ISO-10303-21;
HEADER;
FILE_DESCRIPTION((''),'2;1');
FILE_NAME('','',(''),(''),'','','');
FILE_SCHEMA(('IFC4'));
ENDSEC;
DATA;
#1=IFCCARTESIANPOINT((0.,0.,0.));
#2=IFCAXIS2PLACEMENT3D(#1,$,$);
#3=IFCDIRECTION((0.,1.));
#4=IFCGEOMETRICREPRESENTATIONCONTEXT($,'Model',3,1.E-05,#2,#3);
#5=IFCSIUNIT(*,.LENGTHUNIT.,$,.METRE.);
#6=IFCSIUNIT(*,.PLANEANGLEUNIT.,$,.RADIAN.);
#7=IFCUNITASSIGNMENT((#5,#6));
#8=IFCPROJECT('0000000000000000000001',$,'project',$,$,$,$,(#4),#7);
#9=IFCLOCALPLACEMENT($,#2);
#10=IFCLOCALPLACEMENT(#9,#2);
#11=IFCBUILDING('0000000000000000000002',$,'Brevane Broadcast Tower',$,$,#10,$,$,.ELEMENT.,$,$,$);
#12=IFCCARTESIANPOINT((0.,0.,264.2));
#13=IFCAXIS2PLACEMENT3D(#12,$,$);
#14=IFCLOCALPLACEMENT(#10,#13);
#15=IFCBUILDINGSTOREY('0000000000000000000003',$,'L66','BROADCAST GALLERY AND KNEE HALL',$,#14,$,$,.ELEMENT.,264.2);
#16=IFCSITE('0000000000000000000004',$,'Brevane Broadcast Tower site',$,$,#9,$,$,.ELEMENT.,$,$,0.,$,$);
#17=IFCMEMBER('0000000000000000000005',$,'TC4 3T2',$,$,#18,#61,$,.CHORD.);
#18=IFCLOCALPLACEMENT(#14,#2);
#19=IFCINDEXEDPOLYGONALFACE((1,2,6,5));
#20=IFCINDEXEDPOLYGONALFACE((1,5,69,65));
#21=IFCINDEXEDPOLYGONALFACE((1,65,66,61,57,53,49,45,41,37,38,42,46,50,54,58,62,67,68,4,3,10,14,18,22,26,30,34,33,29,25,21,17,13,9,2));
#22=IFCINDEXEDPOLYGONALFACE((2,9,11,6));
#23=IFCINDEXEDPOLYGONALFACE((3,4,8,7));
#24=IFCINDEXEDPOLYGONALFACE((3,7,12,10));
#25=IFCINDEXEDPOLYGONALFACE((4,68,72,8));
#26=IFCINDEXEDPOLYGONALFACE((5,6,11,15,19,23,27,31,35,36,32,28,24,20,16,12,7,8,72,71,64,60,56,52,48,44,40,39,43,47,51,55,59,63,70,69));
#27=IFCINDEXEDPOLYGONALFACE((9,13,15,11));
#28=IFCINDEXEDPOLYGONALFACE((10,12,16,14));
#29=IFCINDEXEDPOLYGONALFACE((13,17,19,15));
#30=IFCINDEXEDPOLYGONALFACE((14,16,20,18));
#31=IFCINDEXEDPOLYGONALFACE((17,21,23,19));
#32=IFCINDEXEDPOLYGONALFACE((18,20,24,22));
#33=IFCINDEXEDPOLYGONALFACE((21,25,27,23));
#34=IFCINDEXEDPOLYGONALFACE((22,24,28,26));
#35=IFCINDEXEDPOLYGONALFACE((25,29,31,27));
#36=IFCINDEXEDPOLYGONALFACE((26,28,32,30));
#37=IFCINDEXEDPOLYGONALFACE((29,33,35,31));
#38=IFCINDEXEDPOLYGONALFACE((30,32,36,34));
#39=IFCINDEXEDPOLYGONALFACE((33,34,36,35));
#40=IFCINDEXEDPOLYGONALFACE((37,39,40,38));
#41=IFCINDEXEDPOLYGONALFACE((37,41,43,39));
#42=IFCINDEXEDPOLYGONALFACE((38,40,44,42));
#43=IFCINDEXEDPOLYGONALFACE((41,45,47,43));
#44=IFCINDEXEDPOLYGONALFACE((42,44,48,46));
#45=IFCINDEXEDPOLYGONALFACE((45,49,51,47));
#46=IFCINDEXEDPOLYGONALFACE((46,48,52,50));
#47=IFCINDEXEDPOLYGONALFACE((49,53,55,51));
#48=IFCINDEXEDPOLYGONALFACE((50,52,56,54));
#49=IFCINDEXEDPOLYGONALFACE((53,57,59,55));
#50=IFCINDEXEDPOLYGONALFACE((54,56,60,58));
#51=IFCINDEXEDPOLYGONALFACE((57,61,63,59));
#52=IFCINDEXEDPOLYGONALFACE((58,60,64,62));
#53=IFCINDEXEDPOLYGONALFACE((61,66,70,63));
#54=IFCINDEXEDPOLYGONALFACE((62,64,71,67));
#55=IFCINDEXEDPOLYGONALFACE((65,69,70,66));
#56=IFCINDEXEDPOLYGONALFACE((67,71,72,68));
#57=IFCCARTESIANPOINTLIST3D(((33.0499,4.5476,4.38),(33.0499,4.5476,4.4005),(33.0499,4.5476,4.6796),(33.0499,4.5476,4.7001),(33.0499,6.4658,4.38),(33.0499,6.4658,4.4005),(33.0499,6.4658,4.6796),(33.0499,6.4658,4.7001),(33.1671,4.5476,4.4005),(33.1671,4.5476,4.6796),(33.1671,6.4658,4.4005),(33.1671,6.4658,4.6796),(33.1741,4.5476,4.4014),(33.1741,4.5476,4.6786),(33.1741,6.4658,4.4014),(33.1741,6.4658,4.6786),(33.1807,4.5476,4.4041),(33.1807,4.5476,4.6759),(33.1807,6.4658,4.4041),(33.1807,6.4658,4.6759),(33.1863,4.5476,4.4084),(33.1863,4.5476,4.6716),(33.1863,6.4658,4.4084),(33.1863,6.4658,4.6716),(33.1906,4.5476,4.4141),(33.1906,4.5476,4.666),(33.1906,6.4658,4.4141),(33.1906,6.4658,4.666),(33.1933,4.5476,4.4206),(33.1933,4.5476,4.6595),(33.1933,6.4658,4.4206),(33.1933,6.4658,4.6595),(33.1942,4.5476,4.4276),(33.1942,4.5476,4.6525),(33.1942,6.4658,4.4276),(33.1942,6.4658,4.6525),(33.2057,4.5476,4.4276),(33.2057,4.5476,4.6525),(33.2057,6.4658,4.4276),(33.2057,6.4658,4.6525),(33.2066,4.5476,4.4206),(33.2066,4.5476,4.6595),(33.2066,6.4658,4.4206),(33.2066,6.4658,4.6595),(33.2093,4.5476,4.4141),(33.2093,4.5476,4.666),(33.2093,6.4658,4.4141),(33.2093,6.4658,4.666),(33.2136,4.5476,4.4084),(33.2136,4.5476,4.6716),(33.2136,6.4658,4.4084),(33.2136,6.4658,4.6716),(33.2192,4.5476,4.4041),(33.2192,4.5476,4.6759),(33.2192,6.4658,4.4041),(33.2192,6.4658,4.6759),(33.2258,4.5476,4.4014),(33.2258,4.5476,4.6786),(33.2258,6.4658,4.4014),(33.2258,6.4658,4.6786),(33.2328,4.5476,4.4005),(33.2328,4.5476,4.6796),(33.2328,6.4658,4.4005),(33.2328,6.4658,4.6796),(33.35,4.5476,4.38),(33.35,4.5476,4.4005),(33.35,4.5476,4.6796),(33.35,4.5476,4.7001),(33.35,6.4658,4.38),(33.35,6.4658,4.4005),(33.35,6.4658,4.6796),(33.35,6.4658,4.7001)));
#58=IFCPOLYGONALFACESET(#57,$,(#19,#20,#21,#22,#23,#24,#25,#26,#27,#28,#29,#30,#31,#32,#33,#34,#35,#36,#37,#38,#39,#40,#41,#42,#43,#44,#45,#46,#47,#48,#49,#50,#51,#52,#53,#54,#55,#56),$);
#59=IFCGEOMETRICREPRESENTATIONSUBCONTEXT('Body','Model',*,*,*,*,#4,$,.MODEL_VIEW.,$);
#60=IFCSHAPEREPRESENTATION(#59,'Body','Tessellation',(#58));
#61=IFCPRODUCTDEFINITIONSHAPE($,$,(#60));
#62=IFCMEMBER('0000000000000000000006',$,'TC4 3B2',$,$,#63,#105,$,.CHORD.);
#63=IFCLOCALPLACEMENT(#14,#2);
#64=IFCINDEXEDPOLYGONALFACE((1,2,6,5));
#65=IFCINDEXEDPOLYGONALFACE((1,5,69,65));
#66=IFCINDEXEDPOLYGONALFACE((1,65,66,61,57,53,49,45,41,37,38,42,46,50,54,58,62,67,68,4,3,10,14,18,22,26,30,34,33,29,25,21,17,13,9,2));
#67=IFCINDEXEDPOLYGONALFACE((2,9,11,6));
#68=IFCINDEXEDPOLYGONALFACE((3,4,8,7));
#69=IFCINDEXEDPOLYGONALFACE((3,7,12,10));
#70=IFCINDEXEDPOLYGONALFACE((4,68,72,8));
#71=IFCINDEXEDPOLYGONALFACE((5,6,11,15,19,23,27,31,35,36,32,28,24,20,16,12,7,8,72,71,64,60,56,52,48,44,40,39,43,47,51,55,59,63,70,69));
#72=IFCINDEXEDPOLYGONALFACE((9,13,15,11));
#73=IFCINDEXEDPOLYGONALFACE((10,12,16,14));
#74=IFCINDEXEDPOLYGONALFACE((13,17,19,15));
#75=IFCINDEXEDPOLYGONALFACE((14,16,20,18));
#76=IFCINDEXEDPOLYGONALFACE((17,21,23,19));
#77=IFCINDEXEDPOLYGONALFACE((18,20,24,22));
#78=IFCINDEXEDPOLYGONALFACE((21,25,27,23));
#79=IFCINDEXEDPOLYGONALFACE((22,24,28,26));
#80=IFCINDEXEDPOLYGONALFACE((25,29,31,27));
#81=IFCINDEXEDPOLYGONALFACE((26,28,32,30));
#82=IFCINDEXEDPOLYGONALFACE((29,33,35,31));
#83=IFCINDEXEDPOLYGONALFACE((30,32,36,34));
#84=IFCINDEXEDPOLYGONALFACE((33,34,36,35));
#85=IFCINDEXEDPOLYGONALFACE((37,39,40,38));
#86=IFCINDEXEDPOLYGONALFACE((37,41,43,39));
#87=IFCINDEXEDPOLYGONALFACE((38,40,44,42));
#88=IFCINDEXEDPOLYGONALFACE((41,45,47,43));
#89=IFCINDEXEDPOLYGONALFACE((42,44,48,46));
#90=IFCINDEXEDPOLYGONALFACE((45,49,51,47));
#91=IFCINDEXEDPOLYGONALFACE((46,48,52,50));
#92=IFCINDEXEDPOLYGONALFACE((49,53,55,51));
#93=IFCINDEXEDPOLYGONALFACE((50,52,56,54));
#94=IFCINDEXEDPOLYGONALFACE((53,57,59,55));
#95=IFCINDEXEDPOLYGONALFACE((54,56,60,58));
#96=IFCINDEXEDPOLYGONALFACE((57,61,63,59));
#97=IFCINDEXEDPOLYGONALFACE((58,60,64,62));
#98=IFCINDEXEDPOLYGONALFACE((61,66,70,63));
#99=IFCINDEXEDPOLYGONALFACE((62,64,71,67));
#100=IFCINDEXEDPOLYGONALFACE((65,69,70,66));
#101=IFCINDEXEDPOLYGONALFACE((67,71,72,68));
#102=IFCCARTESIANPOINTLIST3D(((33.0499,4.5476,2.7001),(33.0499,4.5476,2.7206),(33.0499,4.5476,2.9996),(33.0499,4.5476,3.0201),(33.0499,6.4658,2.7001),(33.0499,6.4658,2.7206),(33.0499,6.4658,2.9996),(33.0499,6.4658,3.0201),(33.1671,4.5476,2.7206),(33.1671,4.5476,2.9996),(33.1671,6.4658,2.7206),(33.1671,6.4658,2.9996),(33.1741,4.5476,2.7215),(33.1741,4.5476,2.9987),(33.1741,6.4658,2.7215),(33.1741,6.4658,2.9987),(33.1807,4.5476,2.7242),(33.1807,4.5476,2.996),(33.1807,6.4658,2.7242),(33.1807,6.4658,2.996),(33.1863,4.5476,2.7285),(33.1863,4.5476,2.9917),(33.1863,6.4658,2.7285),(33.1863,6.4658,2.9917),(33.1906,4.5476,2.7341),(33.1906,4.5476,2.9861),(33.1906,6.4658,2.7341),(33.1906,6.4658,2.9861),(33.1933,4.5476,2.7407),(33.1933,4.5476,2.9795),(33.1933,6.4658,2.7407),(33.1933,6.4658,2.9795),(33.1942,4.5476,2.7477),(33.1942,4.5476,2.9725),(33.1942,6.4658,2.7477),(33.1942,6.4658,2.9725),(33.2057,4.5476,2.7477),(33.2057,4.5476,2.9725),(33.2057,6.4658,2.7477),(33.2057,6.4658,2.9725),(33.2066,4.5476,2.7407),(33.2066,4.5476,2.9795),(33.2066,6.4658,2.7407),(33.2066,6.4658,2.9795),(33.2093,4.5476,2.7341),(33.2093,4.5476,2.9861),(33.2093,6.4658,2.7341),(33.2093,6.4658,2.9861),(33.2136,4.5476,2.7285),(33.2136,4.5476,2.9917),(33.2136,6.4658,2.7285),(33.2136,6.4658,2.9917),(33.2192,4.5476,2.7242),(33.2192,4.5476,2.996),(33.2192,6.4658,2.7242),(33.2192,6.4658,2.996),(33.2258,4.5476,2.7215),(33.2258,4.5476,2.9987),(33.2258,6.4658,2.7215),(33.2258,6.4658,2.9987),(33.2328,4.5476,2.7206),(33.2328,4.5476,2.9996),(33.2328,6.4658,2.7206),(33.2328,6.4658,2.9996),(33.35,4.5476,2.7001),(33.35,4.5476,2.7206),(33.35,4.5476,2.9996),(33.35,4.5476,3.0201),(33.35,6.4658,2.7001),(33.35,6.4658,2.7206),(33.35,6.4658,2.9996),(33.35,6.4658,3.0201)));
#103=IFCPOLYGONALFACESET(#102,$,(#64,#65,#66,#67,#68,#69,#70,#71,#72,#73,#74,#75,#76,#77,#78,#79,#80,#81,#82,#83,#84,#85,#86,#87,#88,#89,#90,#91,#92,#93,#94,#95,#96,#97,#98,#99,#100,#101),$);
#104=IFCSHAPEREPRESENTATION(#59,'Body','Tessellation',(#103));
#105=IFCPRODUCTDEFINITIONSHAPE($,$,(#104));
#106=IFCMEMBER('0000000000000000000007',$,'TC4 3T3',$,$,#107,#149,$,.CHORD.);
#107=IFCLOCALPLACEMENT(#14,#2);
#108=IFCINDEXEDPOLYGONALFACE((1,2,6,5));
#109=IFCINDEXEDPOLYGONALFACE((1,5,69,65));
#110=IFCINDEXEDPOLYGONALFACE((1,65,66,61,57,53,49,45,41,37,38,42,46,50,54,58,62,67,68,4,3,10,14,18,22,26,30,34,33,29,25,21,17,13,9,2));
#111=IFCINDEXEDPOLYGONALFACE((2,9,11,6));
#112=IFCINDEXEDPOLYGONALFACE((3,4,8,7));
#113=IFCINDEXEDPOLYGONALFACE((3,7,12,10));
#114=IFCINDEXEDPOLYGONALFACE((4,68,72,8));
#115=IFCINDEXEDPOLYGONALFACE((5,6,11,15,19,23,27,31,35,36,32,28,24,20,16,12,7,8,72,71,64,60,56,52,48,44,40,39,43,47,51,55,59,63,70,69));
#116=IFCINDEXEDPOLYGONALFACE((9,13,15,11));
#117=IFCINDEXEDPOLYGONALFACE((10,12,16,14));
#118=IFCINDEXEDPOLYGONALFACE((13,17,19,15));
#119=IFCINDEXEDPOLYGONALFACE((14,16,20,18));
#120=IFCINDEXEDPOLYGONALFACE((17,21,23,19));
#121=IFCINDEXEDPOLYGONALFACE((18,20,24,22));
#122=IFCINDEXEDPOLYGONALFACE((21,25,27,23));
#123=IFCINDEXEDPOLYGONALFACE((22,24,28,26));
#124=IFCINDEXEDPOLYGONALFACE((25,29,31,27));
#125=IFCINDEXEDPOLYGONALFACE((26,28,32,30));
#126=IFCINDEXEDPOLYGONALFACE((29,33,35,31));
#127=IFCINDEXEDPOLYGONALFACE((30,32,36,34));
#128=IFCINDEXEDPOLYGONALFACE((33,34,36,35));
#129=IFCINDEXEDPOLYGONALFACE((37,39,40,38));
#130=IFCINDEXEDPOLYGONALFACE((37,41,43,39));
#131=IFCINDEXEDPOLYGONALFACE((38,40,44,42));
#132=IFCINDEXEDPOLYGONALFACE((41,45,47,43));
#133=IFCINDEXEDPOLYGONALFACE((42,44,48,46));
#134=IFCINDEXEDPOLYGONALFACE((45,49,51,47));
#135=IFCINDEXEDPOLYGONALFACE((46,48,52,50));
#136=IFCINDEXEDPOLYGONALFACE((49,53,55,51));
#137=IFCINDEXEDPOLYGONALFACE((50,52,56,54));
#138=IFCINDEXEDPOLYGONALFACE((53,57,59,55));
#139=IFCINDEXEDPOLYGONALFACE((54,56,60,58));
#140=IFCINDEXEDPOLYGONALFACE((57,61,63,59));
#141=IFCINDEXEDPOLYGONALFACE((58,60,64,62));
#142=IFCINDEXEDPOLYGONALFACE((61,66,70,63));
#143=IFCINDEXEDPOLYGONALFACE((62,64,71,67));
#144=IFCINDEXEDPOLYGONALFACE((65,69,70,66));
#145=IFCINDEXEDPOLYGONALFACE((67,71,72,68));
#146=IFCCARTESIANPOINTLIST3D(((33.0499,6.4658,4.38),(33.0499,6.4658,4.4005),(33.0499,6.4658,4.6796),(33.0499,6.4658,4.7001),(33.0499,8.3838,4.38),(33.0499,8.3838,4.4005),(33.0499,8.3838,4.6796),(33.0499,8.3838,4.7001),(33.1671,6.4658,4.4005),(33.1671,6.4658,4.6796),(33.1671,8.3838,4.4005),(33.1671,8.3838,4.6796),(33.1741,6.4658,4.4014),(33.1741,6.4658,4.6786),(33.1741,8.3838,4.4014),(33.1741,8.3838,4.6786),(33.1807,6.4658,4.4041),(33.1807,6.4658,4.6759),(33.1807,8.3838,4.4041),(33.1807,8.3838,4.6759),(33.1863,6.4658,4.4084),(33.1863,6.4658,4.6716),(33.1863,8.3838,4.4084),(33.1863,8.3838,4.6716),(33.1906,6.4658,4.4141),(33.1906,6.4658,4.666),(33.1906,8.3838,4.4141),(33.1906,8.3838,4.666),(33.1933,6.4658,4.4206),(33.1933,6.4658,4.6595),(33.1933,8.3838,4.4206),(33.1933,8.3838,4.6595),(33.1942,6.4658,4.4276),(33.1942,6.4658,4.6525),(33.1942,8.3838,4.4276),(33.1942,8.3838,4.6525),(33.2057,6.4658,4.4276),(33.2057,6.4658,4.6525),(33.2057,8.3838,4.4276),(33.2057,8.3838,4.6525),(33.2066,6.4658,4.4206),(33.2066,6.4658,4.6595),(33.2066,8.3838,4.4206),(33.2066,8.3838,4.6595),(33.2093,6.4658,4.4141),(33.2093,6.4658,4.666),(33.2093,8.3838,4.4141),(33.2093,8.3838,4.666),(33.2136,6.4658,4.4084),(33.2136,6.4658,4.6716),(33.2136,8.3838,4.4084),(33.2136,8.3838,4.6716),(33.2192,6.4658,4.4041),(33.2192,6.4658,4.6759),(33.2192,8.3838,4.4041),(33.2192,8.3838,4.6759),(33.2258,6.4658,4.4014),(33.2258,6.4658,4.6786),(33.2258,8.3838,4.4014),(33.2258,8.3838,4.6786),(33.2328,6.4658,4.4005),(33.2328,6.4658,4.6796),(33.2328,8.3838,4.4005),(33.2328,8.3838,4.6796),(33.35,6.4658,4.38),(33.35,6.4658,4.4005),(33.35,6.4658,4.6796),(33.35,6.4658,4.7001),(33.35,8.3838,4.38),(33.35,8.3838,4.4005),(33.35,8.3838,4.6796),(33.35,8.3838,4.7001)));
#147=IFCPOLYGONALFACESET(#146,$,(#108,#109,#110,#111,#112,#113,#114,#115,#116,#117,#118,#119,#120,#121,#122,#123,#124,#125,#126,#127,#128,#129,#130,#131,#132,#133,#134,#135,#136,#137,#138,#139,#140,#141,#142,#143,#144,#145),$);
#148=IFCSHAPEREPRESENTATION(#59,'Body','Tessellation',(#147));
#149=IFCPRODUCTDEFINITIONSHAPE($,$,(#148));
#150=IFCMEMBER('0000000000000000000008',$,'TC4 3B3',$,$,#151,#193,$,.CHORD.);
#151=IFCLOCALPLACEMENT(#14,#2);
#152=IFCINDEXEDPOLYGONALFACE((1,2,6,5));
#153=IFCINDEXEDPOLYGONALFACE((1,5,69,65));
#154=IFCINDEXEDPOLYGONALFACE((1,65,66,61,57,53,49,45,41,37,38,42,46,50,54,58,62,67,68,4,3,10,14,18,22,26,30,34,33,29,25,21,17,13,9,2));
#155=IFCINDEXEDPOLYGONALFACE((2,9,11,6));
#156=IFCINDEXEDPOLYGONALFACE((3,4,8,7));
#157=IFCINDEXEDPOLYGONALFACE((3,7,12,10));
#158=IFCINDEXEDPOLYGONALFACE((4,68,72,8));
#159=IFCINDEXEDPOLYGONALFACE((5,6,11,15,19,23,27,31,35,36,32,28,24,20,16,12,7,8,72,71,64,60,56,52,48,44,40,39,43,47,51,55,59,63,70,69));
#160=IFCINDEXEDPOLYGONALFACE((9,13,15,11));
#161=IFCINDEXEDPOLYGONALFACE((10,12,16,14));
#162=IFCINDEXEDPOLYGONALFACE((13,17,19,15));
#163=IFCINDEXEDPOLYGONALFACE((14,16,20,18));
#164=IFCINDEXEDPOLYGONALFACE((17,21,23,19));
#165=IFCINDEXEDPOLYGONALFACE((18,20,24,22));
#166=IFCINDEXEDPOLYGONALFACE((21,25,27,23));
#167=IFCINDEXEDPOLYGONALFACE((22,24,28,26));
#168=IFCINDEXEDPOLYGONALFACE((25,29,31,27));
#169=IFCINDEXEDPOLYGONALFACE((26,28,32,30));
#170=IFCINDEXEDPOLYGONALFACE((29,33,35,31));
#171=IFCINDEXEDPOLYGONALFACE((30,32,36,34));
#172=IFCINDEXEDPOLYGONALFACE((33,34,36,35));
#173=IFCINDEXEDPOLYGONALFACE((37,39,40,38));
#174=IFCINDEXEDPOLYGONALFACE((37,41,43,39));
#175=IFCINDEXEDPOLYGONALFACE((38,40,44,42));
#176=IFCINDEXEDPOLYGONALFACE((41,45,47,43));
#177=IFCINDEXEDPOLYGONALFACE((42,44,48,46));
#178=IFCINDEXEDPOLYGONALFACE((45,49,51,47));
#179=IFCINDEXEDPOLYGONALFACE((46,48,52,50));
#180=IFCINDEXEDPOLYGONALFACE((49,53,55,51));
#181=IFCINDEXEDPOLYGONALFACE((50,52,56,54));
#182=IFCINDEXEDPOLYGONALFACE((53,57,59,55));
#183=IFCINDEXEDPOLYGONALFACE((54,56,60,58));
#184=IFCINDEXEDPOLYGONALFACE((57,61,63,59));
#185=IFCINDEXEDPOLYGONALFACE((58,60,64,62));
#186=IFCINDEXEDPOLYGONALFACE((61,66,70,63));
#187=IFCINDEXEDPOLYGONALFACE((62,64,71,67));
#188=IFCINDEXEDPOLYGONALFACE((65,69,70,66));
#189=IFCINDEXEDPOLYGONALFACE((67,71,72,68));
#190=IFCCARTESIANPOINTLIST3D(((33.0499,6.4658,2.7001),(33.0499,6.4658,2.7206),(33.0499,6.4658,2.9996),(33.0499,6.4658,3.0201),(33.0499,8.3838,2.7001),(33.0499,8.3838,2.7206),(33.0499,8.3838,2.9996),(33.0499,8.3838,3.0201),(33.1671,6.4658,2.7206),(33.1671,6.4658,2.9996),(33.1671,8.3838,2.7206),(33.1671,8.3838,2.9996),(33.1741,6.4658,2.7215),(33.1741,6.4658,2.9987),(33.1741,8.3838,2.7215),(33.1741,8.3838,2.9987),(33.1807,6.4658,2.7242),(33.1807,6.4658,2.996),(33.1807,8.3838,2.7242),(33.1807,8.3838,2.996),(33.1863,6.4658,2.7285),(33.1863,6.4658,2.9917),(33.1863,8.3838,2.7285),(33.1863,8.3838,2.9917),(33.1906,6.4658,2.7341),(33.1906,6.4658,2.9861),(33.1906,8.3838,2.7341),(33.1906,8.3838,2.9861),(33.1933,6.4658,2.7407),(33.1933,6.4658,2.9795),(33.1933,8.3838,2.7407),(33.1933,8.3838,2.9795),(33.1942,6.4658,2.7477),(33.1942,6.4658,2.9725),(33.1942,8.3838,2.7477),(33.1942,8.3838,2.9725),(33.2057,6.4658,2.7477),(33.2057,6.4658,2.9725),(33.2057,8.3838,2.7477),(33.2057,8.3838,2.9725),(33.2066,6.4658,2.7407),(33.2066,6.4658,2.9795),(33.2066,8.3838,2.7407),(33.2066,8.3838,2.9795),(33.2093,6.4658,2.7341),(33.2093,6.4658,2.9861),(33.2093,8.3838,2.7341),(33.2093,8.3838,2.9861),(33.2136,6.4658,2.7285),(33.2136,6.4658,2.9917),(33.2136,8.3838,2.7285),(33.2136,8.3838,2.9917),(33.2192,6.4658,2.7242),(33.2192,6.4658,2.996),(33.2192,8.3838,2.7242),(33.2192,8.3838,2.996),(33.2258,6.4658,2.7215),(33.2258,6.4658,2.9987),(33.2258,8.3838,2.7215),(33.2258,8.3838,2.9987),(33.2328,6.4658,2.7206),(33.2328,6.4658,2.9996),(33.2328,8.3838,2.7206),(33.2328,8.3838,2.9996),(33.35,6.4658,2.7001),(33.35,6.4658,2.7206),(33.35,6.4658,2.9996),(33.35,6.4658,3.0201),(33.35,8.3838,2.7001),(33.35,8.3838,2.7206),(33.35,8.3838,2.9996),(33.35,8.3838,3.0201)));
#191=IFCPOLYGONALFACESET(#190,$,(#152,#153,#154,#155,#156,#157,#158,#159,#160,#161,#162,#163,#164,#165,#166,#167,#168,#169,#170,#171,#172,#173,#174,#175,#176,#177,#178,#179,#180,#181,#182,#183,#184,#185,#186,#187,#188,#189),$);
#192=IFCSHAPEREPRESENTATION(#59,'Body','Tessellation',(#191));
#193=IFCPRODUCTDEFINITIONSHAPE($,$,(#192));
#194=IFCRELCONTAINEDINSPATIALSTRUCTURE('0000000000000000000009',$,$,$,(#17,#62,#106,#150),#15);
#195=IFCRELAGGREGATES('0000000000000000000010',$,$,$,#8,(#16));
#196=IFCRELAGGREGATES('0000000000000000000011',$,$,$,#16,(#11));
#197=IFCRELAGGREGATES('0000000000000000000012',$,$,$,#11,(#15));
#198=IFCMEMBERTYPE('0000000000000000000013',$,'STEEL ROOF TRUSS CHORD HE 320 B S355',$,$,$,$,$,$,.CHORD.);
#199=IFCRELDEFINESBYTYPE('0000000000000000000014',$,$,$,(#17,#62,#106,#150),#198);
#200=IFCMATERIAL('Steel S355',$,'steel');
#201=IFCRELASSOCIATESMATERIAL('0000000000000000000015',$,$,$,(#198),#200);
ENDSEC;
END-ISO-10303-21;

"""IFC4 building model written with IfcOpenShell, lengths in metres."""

from ifc_helpers import new_model, si_unit, direction, frame, origin, origin_2d, place, context, subcontext, project, spatial, i_section, extrude, material, material_profile, profile_set, type_object, element, save


model = new_model("IFC4")

# Units and contexts
model_context = context("Model", 3, precision=1e-05, world=origin(), true_north=direction((0.0, 1.0)))
body_context = subcontext(model_context, "Body", "Model", "MODEL_VIEW")
ifc_project = project(units=[si_unit("LENGTHUNIT", "METRE"), si_unit("PLANEANGLEUNIT", "RADIAN")], contexts=[model_context])

# Site, building, storey
site_placement = place(None, origin())
site = spatial("IfcSite", under=ifc_project, at=site_placement, Name="Brevane Broadcast Tower site", CompositionType="ELEMENT", RefElevation=0.0)
building_placement = place(site_placement, origin())
building = spatial("IfcBuilding", under=site, at=building_placement, Name="Brevane Broadcast Tower", CompositionType="ELEMENT")
storey_placement = place(building_placement, frame((0.0, 0.0, 264.2)))
storey = spatial("IfcBuildingStorey", under=building, at=storey_placement, Name="L66", Description="BROADCAST GALLERY AND KNEE HALL", CompositionType="ELEMENT", Elevation=264.2)

# Shared definitions
ifc_material_1 = material(Name="Steel S355", Category="steel")

# Members
ifc_material_profile_1 = material_profile(ifc_material_1, i_section(OverallWidth=0.3, OverallDepth=0.3201, WebThickness=0.0115, FlangeThickness=0.0205, FilletRadius=0.0271, at=origin_2d()), Name="HE 320 B")
ifc_profile_set_1 = profile_set([ifc_material_profile_1], Name="Steel S355")
member_type_1 = type_object("IfcMemberType", Name="STEEL ROOF TRUSS CHORD HE 320 B S355", PredefinedType="CHORD", material=ifc_profile_set_1)
for number, where, z_axis, x_axis, name in (
    (1, (33.2, 4.5476, 4.54), (0.0, 1.0, 0.0), (-1.0, 0.0, 0.0), "TC4 3T2"),
    (2, (33.2, 4.5476, 2.8601), (0.0, 1.0, 0.0), (-1.0, 0.0, 0.0), "TC4 3B2"),
):
    element("IfcMember", number, at=place(storey_placement, frame(where, z_axis=z_axis, x_axis=x_axis)), inside=storey, type_object=member_type_1, Name=name, PredefinedType="CHORD", context=body_context, shape_type="SweptSolid", body=[
        extrude(i_section(OverallWidth=0.3, OverallDepth=0.3201, WebThickness=0.0115, FlangeThickness=0.0205, FilletRadius=0.0271, at=origin_2d()), origin(), (0.0, 0.0, 1.0), 1.9182),
    ])
for number, where, z_axis, x_axis, name in (
    (3, (33.2, 6.4658, 4.54), (0.0, 1.0, 0.0), (-1.0, 0.0, 0.0), "TC4 3T3"),
    (4, (33.2, 6.4658, 2.8601), (0.0, 1.0, 0.0), (-1.0, 0.0, 0.0), "TC4 3B3"),
):
    element("IfcMember", number, at=place(storey_placement, frame(where, z_axis=z_axis, x_axis=x_axis)), inside=storey, type_object=member_type_1, Name=name, PredefinedType="CHORD", context=body_context, shape_type="SweptSolid", body=[
        extrude(i_section(OverallWidth=0.3, OverallDepth=0.3201, WebThickness=0.0115, FlangeThickness=0.0205, FilletRadius=0.0271, at=origin_2d()), origin(), (0.0, 0.0, 1.0), 1.918),
    ])

save(model, "model.ifc")
